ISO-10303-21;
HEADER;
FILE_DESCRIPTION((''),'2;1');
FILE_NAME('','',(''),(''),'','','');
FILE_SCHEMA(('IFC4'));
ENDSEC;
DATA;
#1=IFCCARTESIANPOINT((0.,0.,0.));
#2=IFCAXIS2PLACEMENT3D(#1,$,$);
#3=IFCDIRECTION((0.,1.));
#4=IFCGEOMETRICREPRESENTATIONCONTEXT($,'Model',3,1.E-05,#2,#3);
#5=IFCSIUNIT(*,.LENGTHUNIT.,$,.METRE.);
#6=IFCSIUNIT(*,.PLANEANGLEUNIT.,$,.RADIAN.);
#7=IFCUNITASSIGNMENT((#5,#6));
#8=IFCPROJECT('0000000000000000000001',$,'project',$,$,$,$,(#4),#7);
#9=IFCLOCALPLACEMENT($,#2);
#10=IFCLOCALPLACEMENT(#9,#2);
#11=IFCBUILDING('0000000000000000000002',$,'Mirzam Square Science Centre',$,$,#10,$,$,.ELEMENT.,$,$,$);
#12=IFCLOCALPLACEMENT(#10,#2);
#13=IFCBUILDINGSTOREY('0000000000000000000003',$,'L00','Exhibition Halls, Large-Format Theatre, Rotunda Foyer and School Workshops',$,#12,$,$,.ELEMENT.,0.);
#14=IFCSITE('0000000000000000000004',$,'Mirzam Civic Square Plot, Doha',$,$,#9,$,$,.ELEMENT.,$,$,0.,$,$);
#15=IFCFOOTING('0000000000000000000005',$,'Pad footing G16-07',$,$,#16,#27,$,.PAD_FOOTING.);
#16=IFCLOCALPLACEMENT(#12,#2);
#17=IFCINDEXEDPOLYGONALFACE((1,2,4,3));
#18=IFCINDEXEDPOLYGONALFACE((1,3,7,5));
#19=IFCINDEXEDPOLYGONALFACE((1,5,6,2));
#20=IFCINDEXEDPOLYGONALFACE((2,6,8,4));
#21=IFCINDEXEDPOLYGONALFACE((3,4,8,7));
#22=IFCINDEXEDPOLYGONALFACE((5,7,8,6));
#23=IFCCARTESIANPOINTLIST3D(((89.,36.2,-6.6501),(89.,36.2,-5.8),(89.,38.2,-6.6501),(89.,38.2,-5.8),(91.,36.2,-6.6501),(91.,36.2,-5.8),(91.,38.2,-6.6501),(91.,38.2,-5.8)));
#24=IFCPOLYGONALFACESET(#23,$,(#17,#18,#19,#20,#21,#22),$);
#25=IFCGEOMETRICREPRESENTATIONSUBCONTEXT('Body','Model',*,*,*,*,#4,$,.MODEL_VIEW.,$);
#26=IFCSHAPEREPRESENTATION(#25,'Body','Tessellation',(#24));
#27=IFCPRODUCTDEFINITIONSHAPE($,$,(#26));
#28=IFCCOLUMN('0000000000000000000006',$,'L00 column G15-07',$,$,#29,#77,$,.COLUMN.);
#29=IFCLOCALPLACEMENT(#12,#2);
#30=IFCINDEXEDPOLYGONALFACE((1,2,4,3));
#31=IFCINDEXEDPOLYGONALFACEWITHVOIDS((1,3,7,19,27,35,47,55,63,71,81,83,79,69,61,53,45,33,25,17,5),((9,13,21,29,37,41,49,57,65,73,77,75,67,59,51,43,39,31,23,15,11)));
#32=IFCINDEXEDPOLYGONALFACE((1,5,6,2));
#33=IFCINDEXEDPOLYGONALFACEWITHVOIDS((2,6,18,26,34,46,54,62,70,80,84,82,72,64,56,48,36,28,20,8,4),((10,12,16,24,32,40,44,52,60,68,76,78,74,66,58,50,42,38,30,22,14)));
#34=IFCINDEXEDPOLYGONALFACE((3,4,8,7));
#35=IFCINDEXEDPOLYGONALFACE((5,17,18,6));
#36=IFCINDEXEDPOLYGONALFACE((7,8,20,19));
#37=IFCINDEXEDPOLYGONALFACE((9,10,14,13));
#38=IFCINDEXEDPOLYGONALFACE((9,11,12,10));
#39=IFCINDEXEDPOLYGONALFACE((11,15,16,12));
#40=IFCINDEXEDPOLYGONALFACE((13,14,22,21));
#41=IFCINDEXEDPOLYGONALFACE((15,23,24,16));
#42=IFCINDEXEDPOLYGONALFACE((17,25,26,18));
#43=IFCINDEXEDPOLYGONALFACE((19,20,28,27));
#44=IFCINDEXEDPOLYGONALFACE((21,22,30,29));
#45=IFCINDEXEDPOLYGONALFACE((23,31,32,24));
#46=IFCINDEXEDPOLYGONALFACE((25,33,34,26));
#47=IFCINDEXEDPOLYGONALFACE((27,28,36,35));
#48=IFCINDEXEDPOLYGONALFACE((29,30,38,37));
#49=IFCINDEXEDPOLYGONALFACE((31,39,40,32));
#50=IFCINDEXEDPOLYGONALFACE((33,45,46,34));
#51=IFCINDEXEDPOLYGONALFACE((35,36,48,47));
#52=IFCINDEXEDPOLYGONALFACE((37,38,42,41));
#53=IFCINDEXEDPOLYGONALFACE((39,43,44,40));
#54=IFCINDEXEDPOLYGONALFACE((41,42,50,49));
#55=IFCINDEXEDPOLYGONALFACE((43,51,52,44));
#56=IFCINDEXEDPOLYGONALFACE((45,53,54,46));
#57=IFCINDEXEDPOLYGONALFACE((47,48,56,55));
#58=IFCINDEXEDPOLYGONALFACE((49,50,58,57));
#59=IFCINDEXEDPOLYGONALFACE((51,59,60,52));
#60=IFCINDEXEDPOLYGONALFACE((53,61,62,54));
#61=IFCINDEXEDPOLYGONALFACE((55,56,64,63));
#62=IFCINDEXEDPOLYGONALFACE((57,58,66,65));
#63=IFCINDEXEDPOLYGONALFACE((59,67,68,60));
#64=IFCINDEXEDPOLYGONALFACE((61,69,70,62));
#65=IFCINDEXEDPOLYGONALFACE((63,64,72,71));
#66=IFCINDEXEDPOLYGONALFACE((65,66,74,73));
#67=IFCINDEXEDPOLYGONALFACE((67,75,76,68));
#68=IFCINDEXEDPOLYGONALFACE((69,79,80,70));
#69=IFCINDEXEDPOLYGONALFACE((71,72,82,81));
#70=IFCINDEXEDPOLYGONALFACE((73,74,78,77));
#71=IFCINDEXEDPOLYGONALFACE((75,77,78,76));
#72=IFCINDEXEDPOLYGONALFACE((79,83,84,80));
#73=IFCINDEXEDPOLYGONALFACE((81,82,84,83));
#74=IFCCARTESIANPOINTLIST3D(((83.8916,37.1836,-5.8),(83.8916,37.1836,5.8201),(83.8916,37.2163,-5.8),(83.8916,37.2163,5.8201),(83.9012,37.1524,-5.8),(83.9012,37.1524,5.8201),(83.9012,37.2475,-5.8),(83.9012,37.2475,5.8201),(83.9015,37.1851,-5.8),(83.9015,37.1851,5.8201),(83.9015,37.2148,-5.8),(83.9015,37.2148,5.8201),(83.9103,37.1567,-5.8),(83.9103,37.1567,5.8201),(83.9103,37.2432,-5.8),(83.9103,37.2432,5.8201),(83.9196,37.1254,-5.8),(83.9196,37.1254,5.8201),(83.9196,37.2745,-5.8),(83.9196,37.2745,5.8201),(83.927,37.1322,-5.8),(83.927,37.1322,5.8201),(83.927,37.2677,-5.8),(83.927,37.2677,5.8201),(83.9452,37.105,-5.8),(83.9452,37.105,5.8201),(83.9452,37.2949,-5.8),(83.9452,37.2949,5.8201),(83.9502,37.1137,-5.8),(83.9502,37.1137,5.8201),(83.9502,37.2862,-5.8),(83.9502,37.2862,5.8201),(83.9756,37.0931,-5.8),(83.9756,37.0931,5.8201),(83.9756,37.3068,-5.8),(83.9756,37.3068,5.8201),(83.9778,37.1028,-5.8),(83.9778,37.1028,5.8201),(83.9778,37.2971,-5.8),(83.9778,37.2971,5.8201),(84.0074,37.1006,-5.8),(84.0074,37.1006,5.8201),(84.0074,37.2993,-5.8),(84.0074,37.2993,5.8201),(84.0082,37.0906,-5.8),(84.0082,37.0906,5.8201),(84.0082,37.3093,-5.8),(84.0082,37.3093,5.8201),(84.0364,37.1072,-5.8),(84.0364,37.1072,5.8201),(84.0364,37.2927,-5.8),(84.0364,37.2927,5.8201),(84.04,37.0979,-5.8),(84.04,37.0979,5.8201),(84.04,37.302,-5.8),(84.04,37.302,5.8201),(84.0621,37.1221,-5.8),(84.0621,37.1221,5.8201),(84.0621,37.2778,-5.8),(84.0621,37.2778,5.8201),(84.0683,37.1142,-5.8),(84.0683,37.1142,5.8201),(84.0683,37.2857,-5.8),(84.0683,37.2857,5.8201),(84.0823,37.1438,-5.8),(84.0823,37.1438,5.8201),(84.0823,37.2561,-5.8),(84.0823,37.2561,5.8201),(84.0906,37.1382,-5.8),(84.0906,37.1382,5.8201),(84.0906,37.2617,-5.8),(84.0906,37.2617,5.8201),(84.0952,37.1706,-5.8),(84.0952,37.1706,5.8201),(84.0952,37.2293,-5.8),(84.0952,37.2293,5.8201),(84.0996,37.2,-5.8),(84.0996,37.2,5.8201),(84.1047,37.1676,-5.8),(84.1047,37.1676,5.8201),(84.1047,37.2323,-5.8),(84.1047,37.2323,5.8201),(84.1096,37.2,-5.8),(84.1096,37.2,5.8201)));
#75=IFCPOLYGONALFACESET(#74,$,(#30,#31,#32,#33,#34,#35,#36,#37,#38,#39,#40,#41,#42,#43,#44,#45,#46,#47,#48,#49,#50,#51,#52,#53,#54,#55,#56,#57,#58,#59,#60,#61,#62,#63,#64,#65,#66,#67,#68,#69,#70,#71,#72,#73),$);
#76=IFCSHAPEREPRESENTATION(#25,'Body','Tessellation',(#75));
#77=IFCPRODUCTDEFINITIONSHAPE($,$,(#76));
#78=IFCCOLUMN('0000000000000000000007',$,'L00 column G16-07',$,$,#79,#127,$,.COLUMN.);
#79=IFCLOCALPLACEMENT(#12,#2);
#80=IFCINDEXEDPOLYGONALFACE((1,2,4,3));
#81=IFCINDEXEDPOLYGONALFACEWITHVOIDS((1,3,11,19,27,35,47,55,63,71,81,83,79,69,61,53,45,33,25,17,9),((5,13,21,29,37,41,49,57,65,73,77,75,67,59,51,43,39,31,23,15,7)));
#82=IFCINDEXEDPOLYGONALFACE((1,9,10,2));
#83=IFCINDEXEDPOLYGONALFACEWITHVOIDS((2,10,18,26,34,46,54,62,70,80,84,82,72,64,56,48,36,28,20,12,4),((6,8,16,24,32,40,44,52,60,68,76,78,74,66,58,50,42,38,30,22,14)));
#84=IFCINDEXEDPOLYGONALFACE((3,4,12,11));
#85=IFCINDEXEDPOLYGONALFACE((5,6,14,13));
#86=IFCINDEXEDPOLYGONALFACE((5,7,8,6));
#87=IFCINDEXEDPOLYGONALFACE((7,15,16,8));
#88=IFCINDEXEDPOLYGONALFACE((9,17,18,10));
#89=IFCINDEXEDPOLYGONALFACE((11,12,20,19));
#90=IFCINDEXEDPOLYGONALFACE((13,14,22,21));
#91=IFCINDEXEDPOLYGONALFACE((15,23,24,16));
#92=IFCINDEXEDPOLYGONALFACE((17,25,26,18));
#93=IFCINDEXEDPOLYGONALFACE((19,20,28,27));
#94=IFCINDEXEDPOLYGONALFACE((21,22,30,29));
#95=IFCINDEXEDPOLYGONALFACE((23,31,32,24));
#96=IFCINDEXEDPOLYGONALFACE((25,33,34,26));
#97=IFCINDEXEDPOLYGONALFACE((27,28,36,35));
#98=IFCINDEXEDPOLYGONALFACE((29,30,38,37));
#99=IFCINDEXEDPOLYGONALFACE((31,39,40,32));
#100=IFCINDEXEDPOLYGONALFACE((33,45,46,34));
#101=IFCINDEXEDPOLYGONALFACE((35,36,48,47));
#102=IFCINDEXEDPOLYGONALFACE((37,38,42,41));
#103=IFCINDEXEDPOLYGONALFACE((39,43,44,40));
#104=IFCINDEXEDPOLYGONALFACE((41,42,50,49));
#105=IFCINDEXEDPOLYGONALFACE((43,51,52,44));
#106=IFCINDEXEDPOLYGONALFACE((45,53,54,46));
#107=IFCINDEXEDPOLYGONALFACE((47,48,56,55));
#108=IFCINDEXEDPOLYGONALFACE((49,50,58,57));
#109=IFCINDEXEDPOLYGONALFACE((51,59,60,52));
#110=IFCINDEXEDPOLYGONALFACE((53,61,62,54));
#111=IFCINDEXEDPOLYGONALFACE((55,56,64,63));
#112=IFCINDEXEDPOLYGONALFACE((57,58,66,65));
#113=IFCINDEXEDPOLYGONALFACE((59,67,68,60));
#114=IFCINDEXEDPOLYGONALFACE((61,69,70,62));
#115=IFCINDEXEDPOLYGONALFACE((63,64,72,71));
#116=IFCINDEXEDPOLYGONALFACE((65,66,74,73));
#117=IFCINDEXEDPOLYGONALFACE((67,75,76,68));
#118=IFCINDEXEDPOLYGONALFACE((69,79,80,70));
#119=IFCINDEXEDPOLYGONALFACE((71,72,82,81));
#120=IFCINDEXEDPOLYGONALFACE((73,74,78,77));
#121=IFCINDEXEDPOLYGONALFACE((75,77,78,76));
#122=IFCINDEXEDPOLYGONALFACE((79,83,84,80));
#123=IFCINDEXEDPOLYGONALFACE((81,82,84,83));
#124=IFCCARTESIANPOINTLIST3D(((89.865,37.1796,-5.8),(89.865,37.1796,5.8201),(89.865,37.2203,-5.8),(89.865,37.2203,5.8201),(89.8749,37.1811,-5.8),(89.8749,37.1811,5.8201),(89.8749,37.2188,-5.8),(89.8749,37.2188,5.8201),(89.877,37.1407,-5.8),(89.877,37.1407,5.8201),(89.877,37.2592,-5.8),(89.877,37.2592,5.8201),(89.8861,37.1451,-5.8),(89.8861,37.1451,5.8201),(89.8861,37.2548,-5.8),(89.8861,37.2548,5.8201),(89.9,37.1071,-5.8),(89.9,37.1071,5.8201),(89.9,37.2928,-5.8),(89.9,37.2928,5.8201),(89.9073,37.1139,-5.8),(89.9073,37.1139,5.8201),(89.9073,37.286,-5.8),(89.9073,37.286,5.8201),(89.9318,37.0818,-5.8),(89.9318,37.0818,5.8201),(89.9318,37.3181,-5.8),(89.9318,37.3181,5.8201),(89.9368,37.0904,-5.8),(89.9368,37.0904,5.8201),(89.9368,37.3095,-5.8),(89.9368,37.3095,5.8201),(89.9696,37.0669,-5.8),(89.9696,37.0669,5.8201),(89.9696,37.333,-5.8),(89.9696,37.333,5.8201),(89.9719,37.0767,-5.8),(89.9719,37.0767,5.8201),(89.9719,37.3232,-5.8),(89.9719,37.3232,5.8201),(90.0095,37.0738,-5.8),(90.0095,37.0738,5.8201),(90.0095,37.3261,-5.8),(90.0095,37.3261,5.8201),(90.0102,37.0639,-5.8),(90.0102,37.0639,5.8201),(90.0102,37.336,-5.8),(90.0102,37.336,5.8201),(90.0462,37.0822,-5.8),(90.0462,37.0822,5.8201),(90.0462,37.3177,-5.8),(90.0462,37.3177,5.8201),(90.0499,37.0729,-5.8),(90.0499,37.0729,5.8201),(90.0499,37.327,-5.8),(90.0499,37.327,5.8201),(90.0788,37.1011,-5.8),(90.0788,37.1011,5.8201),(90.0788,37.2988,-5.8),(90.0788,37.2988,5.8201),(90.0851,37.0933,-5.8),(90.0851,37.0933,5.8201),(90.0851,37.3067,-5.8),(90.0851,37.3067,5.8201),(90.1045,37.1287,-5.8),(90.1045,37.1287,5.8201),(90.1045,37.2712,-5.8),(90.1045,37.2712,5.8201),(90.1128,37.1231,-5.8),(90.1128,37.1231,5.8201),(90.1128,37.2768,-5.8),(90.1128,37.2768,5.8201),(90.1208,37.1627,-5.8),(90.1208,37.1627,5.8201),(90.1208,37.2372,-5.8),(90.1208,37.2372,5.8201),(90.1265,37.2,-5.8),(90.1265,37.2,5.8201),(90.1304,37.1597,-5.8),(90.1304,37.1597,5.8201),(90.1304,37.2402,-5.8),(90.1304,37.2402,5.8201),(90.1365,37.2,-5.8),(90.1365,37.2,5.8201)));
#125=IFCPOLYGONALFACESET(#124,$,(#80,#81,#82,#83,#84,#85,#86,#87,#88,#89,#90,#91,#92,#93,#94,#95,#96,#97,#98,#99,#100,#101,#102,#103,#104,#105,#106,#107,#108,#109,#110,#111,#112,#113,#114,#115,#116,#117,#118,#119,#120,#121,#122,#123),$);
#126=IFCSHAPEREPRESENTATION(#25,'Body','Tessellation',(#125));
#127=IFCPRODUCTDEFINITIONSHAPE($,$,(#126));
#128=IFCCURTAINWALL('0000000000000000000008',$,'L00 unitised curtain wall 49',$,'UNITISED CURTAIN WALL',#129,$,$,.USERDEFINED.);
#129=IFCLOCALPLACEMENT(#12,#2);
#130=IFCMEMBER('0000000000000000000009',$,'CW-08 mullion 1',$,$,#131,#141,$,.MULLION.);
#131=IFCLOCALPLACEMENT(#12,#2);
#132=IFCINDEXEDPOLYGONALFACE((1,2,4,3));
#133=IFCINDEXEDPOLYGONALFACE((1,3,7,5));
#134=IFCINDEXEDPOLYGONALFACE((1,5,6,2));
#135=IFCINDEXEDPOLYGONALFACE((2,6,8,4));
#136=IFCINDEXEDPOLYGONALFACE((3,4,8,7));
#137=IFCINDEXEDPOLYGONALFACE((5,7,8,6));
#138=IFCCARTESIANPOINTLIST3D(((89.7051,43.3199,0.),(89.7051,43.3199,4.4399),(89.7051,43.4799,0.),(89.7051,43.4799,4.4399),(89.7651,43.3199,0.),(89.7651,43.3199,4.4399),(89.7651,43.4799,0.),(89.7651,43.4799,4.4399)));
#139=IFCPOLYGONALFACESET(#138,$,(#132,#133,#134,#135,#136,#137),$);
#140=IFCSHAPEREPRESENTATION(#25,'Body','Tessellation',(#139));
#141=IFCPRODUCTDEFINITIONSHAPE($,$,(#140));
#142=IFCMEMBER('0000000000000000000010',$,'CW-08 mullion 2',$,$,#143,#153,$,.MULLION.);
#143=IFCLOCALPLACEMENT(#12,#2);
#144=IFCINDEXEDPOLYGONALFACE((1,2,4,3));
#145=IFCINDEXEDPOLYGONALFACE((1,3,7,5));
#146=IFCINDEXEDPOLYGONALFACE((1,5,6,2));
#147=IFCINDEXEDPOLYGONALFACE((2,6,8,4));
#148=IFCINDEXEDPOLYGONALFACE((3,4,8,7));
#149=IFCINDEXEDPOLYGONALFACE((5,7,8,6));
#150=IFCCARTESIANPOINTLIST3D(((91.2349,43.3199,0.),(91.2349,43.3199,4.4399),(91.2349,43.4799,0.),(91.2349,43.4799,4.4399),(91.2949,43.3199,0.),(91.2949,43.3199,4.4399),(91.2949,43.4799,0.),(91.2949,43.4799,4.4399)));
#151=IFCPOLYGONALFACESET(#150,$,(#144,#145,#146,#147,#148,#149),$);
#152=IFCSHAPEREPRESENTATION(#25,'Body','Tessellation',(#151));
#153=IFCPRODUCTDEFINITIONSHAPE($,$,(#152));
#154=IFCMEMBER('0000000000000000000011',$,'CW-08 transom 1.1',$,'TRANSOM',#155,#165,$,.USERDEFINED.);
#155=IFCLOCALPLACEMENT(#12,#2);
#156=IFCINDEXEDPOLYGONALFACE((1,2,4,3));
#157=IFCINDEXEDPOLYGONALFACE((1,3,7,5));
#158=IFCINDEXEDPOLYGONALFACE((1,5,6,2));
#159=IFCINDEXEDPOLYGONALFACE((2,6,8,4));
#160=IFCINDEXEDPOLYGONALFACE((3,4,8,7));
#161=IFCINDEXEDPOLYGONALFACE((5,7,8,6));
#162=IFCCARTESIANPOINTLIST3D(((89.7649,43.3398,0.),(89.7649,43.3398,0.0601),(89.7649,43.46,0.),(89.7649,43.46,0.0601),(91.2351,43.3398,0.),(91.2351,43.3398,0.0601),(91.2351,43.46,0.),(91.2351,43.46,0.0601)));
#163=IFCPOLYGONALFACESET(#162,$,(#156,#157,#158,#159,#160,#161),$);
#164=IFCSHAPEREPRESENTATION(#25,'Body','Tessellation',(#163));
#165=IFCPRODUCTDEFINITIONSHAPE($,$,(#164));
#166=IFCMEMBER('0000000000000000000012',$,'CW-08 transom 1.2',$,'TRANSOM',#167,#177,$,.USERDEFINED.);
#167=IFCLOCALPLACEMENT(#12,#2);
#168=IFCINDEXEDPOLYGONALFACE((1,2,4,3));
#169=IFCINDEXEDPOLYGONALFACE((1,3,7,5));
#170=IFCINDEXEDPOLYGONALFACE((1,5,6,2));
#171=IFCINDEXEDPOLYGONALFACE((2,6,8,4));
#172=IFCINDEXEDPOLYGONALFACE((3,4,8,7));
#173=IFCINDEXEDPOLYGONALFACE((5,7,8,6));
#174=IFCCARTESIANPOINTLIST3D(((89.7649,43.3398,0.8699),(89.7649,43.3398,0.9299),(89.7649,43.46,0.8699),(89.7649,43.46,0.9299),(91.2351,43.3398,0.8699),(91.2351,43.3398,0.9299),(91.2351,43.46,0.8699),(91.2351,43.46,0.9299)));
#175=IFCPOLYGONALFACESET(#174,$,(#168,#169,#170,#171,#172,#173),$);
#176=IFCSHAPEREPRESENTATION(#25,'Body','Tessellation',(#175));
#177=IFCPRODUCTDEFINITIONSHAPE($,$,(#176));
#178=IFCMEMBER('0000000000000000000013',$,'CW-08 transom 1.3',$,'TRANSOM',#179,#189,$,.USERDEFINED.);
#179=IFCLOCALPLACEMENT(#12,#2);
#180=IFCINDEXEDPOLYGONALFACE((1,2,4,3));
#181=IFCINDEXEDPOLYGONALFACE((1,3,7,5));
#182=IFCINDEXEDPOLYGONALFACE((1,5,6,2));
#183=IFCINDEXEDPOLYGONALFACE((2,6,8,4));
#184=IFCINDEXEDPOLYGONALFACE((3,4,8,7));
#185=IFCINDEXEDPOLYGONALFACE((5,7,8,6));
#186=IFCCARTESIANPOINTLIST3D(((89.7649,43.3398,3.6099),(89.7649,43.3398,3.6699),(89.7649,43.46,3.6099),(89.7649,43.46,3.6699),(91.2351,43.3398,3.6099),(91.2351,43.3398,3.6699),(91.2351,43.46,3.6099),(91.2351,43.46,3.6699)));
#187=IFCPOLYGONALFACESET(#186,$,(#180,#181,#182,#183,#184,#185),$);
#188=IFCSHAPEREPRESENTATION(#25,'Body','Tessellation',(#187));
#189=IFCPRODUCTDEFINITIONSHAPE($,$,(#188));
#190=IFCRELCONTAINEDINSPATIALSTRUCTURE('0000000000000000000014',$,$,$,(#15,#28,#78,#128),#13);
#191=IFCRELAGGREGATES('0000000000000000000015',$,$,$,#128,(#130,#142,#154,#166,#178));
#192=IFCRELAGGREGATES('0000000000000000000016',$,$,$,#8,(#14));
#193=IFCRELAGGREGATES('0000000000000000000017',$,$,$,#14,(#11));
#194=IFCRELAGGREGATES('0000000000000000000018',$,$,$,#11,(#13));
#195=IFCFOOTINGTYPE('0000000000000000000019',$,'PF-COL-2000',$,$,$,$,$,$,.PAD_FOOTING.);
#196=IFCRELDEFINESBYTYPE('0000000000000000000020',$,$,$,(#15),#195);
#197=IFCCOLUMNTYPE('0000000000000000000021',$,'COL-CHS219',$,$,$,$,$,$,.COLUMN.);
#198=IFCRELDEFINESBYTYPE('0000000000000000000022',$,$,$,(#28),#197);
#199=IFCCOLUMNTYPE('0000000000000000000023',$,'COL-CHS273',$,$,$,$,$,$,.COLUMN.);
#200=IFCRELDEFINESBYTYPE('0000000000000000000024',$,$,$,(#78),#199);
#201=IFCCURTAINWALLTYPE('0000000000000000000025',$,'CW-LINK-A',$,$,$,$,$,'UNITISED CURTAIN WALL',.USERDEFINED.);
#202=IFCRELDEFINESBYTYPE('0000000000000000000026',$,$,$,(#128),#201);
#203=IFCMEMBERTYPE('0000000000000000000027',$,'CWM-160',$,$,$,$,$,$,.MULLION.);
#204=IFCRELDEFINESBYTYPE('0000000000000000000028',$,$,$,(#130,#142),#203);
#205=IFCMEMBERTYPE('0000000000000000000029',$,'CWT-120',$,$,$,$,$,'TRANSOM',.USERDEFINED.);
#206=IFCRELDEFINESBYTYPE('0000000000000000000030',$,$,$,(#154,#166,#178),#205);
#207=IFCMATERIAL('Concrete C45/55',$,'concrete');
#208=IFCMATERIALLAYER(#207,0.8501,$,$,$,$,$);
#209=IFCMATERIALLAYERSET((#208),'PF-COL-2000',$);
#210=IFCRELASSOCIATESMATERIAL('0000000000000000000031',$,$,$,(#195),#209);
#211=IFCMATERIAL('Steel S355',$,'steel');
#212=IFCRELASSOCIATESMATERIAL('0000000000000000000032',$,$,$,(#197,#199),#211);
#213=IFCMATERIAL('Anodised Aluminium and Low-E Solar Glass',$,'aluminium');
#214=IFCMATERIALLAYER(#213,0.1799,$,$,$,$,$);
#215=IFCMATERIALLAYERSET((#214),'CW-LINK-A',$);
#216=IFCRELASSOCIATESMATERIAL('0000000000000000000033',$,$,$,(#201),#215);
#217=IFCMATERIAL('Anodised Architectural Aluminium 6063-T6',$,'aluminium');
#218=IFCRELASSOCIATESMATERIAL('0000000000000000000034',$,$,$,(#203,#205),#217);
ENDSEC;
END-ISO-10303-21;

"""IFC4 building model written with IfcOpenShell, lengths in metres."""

from ifc_helpers import new_model, si_unit, direction, frame, origin, origin_2d, place, context, subcontext, project, spatial, rectangle, hollow_circle, extrude, material, layer, layer_set, material_profile, profile_set, type_object, element, aggregate, save


model = new_model("IFC4")

# Units and contexts
model_context = context("Model", 3, precision=1e-05, world=origin(), true_north=direction((0.0, 1.0)))
body_context = subcontext(model_context, "Body", "Model", "MODEL_VIEW")
ifc_project = project(units=[si_unit("LENGTHUNIT", "METRE"), si_unit("PLANEANGLEUNIT", "RADIAN")], contexts=[model_context])

# Site, building, storey
site_placement = place(None, origin())
site = spatial("IfcSite", under=ifc_project, at=site_placement, Name="Mirzam Civic Square Plot, Doha", CompositionType="ELEMENT", RefElevation=0.0)
building_placement = place(site_placement, origin())
building = spatial("IfcBuilding", under=site, at=building_placement, Name="Mirzam Square Science Centre", CompositionType="ELEMENT")
storey_placement = place(building_placement, origin())
storey = spatial("IfcBuildingStorey", under=building, at=storey_placement, Name="L00", Description="Exhibition Halls, Large-Format Theatre, Rotunda Foyer and School Workshops", CompositionType="ELEMENT", Elevation=0.0)

# Footing
ifc_material_1 = material(Name="Concrete C45/55", Category="concrete")
ifc_layer_1 = layer(ifc_material_1, 0.8501)
ifc_layer_set_1 = layer_set([ifc_layer_1], Name="PF-COL-2000")
footing_type = type_object("IfcFootingType", Name="PF-COL-2000", PredefinedType="PAD_FOOTING", material=ifc_layer_set_1)
footing_placement = place(storey_placement, frame((90.0, 37.2, -6.6501), z_axis=(0.0, 0.0, 1.0), x_axis=(1.0, 0.0, 0.0)))
element("IfcFooting", 1, at=footing_placement, inside=storey, type_object=footing_type, Name="Pad footing G16-07", PredefinedType="PAD_FOOTING", context=body_context, shape_type="SweptSolid", body=[
    extrude(rectangle(XDim=2.0, YDim=2.0, at=origin_2d()), origin(), (0.0, 0.0, 1.0), 0.8501),
])

# Columns
ifc_material_2 = material(Name="Steel S355", Category="steel")
ifc_material_profile_1 = material_profile(ifc_material_2, hollow_circle(Radius=0.1096, WallThickness=0.01, at=origin_2d()), Name="219.1x10.0CHS")
ifc_profile_set_1 = profile_set([ifc_material_profile_1], Name="Steel S355")
column_type_1 = type_object("IfcColumnType", Name="COL-CHS219", PredefinedType="COLUMN", material=ifc_profile_set_1)
column_1_placement = place(storey_placement, frame((84.0, 37.2, -5.8), z_axis=(0.0, 0.0, 1.0), x_axis=(1.0, 0.0, 0.0)))
element("IfcColumn", 2, at=column_1_placement, inside=storey, type_object=column_type_1, Name="L00 column G15-07", PredefinedType="COLUMN", context=body_context, shape_type="SweptSolid", body=[
    extrude(hollow_circle(Radius=0.1096, WallThickness=0.01, at=origin_2d()), origin(), (0.0, 0.0, 1.0), 11.6201),
])
ifc_material_profile_2 = material_profile(ifc_material_2, hollow_circle(Radius=0.1365, WallThickness=0.01, at=origin_2d()), Name="273.0x10.0CHS")
ifc_profile_set_2 = profile_set([ifc_material_profile_2], Name="Steel S355")
column_type_2 = type_object("IfcColumnType", Name="COL-CHS273", PredefinedType="COLUMN", material=ifc_profile_set_2)
column_2_placement = place(storey_placement, frame((90.0, 37.2, -5.8), z_axis=(0.0, 0.0, 1.0), x_axis=(1.0, 0.0, 0.0)))
element("IfcColumn", 3, at=column_2_placement, inside=storey, type_object=column_type_2, Name="L00 column G16-07", PredefinedType="COLUMN", context=body_context, shape_type="SweptSolid", body=[
    extrude(hollow_circle(Radius=0.1365, WallThickness=0.01, at=origin_2d()), origin(), (0.0, 0.0, 1.0), 11.6201),
])

# Curtain wall, members
ifc_material_3 = material(Name="Anodised Aluminium and Low-E Solar Glass", Category="aluminium")
ifc_layer_2 = layer(ifc_material_3, 0.1799)
ifc_layer_set_2 = layer_set([ifc_layer_2], Name="CW-LINK-A")
curtain_wall_type = type_object("IfcCurtainWallType", Name="CW-LINK-A", ElementType="UNITISED CURTAIN WALL", PredefinedType="USERDEFINED", material=ifc_layer_set_2)
curtain_wall_placement = place(storey_placement, origin())
curtain_wall = element("IfcCurtainWall", 4, at=curtain_wall_placement, inside=storey, type_object=curtain_wall_type, Name="L00 unitised curtain wall 49", ObjectType="UNITISED CURTAIN WALL", PredefinedType="USERDEFINED")
ifc_material_4 = material(Name="Anodised Architectural Aluminium 6063-T6", Category="aluminium")
ifc_material_profile_3 = material_profile(ifc_material_4, rectangle(XDim=0.0601, YDim=0.1599, at=origin_2d()), Name="ALU-MULL-160x60x4")
ifc_profile_set_3 = profile_set([ifc_material_profile_3], Name="Anodised Architectural Aluminium 6063-T6")
member_type_1 = type_object("IfcMemberType", Name="CWM-160", PredefinedType="MULLION", material=ifc_profile_set_3)
member_1_placement = place(storey_placement, frame((89.7351, 43.3999, 0.0), z_axis=(0.0, 0.0, 1.0), x_axis=(1.0, 0.0, 0.0)))
member_1 = element("IfcMember", 5, at=member_1_placement, type_object=member_type_1, Name="CW-08 mullion 1", PredefinedType="MULLION", context=body_context, shape_type="SweptSolid", body=[
    extrude(rectangle(XDim=0.0601, YDim=0.1599, at=origin_2d()), origin(), (0.0, 0.0, 1.0), 4.4399),
])
member_2_placement = place(storey_placement, frame((91.2649, 43.3999, 0.0), z_axis=(0.0, 0.0, 1.0), x_axis=(1.0, 0.0, 0.0)))
member_2 = element("IfcMember", 6, at=member_2_placement, type_object=member_type_1, Name="CW-08 mullion 2", PredefinedType="MULLION", context=body_context, shape_type="SweptSolid", body=[
    extrude(rectangle(XDim=0.0601, YDim=0.1599, at=origin_2d()), origin(), (0.0, 0.0, 1.0), 4.4399),
])
ifc_material_profile_4 = material_profile(ifc_material_4, rectangle(XDim=0.1201, YDim=0.0601, at=origin_2d()), Name="ALU-TRAN-120x60x4")
ifc_profile_set_4 = profile_set([ifc_material_profile_4], Name="Anodised Architectural Aluminium 6063-T6")
member_type_2 = type_object("IfcMemberType", Name="CWT-120", ElementType="TRANSOM", PredefinedType="USERDEFINED", material=ifc_profile_set_4)
member_3_placement = place(storey_placement, frame((89.7649, 43.3999, 0.03), z_axis=(1.0, 0.0, 0.0), x_axis=(0.0, 1.0, 0.0)))
member_3 = element("IfcMember", 7, at=member_3_placement, type_object=member_type_2, Name="CW-08 transom 1.1", ObjectType="TRANSOM", PredefinedType="USERDEFINED", context=body_context, shape_type="SweptSolid", body=[
    extrude(rectangle(XDim=0.1201, YDim=0.0601, at=origin_2d()), origin(), (0.0, 0.0, 1.0), 1.4702),
])
member_4_placement = place(storey_placement, frame((89.7649, 43.3999, 0.8999), z_axis=(1.0, 0.0, 0.0), x_axis=(0.0, 1.0, 0.0)))
member_4 = element("IfcMember", 8, at=member_4_placement, type_object=member_type_2, Name="CW-08 transom 1.2", ObjectType="TRANSOM", PredefinedType="USERDEFINED", context=body_context, shape_type="SweptSolid", body=[
    extrude(rectangle(XDim=0.1201, YDim=0.0601, at=origin_2d()), origin(), (0.0, 0.0, 1.0), 1.4702),
])
member_5_placement = place(storey_placement, frame((89.7649, 43.3999, 3.6399), z_axis=(1.0, 0.0, 0.0), x_axis=(0.0, 1.0, 0.0)))
member_5 = element("IfcMember", 9, at=member_5_placement, type_object=member_type_2, Name="CW-08 transom 1.3", ObjectType="TRANSOM", PredefinedType="USERDEFINED", context=body_context, shape_type="SweptSolid", body=[
    extrude(rectangle(XDim=0.1201, YDim=0.0601, at=origin_2d()), origin(), (0.0, 0.0, 1.0), 1.4702),
])

aggregate(curtain_wall, [member_1, member_2, member_3, member_4, member_5])

save(model, "model.ifc")
